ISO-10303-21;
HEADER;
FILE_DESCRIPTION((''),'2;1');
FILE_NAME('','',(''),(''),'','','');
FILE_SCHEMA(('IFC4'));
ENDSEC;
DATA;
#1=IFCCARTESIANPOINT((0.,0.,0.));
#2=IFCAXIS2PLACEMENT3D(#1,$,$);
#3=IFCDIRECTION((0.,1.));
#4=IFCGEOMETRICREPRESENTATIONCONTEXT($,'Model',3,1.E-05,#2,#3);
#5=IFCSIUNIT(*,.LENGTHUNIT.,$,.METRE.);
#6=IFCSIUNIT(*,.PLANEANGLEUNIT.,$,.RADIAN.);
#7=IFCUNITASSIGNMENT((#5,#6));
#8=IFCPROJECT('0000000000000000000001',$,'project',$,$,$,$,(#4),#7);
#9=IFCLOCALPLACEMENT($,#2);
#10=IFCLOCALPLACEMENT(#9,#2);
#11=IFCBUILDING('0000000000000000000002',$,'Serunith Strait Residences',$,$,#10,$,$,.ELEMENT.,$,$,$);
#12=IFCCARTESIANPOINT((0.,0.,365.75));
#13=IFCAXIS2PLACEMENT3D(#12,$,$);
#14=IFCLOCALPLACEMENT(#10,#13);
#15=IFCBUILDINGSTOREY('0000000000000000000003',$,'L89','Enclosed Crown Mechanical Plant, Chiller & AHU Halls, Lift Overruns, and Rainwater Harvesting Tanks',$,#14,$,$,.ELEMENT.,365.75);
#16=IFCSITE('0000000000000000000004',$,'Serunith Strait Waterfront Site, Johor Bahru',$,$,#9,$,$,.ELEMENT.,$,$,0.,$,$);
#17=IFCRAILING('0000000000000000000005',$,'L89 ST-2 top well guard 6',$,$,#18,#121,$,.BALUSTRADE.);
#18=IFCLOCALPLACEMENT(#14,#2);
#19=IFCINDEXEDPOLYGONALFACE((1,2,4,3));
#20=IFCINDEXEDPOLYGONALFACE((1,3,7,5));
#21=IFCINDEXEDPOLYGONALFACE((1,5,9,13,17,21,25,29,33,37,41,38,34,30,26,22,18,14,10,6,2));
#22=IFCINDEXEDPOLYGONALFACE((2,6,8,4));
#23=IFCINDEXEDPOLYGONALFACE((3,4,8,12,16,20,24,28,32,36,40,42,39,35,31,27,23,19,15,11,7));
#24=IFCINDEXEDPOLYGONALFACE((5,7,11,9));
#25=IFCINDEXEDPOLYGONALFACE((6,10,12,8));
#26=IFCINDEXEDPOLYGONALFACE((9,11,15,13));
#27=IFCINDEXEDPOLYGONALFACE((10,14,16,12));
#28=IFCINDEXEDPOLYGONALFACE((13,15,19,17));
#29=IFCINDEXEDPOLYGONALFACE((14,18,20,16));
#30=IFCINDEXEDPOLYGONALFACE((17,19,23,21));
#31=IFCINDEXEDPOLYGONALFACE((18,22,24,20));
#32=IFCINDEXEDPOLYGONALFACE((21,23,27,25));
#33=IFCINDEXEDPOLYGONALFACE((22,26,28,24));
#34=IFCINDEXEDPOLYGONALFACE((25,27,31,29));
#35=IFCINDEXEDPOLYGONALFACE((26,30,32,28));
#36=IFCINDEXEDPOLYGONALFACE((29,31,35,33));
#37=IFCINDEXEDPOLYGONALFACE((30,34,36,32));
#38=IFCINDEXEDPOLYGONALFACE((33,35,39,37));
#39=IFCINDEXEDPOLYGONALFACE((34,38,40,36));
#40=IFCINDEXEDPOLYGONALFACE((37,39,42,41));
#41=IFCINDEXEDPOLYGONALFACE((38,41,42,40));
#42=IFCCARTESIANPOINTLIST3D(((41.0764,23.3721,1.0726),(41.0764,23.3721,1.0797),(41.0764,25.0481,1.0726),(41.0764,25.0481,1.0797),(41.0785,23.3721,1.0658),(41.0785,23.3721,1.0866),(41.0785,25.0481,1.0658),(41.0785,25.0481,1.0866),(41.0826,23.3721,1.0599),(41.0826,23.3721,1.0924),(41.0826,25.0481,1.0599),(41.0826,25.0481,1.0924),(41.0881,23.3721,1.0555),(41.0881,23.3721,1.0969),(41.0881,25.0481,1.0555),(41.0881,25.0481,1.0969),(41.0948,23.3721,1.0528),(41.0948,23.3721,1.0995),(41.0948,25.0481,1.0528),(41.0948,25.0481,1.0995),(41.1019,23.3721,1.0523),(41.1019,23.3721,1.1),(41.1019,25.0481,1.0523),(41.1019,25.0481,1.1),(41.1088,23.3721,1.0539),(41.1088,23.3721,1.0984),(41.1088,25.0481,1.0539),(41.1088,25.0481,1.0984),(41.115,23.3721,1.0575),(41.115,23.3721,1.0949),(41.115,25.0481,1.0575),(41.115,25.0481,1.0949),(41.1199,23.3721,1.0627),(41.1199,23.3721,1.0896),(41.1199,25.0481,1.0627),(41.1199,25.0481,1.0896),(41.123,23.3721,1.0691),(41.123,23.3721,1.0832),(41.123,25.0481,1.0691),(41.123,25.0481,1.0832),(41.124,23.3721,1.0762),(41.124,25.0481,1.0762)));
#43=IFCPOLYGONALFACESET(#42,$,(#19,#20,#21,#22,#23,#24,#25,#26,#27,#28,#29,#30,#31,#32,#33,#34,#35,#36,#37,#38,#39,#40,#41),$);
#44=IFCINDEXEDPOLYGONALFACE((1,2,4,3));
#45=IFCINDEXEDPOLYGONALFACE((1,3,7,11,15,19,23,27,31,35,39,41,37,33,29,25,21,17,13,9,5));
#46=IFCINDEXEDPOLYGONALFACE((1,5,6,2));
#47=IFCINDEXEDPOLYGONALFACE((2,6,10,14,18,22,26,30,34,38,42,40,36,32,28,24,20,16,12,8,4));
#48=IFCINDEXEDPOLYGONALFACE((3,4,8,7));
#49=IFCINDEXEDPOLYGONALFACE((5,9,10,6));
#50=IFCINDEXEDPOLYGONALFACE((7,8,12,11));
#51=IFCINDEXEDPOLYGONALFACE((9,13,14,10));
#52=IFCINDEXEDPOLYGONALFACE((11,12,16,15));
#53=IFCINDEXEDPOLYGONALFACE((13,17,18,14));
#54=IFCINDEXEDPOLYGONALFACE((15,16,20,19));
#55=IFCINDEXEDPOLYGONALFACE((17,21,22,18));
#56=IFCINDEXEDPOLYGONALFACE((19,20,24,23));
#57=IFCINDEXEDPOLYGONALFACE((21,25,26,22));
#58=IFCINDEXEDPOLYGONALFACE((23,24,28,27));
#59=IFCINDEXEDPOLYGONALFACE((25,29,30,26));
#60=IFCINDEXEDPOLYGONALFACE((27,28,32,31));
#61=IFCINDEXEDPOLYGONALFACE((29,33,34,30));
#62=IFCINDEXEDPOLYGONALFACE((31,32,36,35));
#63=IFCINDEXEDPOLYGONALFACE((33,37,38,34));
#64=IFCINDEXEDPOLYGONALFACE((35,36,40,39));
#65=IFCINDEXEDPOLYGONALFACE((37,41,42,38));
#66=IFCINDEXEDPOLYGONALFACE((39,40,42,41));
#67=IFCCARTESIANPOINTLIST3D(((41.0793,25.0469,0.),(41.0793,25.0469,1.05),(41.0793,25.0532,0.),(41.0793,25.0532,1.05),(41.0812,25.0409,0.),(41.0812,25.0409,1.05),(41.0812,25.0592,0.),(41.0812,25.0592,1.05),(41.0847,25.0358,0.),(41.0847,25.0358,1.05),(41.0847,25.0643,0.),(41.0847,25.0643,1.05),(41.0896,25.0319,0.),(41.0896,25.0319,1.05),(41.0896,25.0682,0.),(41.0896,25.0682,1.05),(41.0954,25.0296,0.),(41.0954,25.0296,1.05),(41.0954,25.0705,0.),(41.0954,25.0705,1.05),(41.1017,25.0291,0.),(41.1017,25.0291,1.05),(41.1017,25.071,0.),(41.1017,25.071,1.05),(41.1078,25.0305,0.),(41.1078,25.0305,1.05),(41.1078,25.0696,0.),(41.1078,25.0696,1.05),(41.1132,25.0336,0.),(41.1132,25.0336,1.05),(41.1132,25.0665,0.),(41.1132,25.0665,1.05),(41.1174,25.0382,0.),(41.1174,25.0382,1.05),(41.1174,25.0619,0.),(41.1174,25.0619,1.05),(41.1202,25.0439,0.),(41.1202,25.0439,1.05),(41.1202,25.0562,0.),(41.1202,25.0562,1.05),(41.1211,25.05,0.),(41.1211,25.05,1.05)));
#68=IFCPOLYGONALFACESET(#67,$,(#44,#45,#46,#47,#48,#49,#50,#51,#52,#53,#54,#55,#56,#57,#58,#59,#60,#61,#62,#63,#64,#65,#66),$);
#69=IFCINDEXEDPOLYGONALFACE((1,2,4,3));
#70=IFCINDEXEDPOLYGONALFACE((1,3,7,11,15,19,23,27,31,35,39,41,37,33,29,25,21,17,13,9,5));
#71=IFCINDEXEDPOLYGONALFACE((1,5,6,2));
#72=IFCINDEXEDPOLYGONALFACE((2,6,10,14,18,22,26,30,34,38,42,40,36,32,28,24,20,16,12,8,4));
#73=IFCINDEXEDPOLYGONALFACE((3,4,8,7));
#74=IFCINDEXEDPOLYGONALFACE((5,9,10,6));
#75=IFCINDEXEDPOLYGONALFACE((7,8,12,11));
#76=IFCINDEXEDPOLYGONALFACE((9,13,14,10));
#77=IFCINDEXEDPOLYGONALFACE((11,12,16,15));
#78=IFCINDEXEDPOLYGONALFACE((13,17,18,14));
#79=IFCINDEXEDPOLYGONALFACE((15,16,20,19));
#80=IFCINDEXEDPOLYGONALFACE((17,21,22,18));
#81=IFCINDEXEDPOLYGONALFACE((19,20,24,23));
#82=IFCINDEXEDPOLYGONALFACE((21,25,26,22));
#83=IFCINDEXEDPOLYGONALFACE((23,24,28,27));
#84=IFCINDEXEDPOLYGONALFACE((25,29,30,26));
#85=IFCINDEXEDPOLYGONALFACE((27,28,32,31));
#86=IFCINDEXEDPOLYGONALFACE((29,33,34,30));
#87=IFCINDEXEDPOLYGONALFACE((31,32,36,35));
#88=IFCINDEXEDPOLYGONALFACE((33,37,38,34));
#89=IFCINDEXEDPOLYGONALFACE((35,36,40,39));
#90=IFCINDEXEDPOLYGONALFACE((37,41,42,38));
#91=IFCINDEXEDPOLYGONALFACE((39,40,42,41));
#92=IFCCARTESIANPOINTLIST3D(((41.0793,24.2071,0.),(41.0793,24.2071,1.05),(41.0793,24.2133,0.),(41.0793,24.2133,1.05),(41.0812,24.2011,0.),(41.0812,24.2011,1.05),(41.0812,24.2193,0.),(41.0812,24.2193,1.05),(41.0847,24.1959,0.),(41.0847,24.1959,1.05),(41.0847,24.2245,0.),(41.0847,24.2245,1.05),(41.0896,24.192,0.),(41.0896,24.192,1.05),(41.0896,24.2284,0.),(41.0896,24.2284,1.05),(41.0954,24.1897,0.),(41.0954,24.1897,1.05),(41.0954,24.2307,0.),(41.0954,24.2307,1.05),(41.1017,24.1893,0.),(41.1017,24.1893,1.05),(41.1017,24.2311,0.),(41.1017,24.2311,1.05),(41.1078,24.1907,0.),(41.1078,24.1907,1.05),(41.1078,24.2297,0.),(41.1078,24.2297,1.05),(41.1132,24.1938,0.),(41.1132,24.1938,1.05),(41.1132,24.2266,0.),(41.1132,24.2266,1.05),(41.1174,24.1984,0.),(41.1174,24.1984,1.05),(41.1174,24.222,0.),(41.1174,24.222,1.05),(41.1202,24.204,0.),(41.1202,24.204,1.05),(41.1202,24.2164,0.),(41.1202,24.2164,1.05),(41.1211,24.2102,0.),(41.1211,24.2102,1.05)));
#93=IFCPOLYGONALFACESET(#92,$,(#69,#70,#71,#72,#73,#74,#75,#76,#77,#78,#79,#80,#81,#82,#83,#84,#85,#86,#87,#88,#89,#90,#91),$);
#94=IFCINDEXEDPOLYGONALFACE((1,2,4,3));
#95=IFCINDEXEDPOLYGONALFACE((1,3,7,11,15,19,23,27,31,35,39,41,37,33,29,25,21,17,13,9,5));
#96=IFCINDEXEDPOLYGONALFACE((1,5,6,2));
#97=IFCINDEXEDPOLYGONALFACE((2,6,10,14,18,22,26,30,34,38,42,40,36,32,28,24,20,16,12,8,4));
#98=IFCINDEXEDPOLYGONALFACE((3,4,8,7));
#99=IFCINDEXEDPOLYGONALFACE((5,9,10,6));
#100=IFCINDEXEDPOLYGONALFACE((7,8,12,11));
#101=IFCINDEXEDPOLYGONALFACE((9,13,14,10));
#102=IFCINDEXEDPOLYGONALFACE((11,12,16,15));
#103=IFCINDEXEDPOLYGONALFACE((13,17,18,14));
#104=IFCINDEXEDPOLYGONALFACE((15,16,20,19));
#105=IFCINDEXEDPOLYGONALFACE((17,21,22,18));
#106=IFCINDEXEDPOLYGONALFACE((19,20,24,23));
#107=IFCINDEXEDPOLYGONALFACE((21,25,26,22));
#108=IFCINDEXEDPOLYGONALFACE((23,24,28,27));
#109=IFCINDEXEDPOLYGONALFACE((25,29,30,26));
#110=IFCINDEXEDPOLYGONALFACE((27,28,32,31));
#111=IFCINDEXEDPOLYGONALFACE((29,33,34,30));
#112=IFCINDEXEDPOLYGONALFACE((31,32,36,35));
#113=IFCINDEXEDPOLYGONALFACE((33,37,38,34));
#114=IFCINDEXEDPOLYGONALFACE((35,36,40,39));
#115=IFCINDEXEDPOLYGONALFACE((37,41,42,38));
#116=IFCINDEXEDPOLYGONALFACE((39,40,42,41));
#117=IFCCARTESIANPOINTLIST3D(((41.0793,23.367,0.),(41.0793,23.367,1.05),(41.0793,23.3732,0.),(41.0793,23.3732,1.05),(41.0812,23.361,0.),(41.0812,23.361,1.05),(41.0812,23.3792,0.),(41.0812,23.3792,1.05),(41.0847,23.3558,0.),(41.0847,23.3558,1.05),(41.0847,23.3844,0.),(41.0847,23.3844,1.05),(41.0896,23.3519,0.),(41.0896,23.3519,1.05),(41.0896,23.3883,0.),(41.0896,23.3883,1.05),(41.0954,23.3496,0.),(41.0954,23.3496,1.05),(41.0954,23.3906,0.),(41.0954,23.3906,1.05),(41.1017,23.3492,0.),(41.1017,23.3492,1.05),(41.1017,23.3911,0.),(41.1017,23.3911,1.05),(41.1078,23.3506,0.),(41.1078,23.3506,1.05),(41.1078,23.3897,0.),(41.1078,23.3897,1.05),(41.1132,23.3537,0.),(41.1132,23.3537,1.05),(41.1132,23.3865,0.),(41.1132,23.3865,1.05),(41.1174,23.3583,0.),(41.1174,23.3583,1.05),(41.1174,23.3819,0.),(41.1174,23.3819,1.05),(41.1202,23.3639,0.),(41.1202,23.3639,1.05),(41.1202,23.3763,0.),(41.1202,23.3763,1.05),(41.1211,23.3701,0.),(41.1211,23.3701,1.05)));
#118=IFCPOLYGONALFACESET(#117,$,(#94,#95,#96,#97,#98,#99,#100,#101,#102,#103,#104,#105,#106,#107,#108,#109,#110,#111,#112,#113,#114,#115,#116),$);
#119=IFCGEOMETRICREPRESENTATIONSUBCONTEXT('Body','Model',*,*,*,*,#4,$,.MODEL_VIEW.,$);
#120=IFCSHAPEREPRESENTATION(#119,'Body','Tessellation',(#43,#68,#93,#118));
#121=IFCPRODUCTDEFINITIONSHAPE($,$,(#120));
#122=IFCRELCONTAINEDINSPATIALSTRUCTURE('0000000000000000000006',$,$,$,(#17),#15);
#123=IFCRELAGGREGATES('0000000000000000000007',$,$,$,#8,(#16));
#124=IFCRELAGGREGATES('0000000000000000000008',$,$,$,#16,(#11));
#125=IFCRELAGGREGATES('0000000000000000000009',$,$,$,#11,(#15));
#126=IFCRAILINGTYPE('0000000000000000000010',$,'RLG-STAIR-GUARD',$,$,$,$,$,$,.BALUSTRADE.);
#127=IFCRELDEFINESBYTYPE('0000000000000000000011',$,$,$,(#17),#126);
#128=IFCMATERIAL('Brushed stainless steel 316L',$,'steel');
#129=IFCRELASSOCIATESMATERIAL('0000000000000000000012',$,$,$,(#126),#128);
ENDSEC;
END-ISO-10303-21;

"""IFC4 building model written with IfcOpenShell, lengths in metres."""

from ifc_helpers import new_model, si_unit, direction, frame, origin, origin_2d, place, context, subcontext, project, spatial, circle, extrude, material, type_object, element, save


model = new_model("IFC4")

# Units and contexts
model_context = context("Model", 3, precision=1e-05, world=origin(), true_north=direction((0.0, 1.0)))
body_context = subcontext(model_context, "Body", "Model", "MODEL_VIEW")
ifc_project = project(units=[si_unit("LENGTHUNIT", "METRE"), si_unit("PLANEANGLEUNIT", "RADIAN")], contexts=[model_context])

# Site, building, storey
site_placement = place(None, origin())
site = spatial("IfcSite", under=ifc_project, at=site_placement, Name="Serunith Strait Waterfront Site, Johor Bahru", CompositionType="ELEMENT", RefElevation=0.0)
building_placement = place(site_placement, origin())
building = spatial("IfcBuilding", under=site, at=building_placement, Name="Serunith Strait Residences", CompositionType="ELEMENT")
storey_placement = place(building_placement, frame((0.0, 0.0, 365.75)))
storey = spatial("IfcBuildingStorey", under=building, at=storey_placement, Name="L89", Description="Enclosed Crown Mechanical Plant, Chiller & AHU Halls, Lift Overruns, and Rainwater Harvesting Tanks", CompositionType="ELEMENT", Elevation=365.75)

# Railing
ifc_material_1 = material(Name="Brushed stainless steel 316L", Category="steel")
railing_type = type_object("IfcRailingType", Name="RLG-STAIR-GUARD", PredefinedType="BALUSTRADE", material=ifc_material_1)
for number, where, name in (
    (1, (41.1001, 25.05, 0.0), "L89 ST-2 top well guard 6"),
):
    element("IfcRailing", number, at=place(storey_placement, frame(where)), inside=storey, type_object=railing_type, Name=name, PredefinedType="BALUSTRADE", context=body_context, shape_type="SweptSolid", body=[
        extrude(circle(Radius=0.0239, at=origin_2d()), frame((0.0, -0.002, 1.0762), z_axis=(0.0, -1.0, 0.0), x_axis=(1.0, 0.0, 0.0)), (0.0, 0.0, 1.0), 1.676),
        extrude(circle(Radius=0.021, at=origin_2d()), origin(), (0.0, 0.0, 1.0), 1.05),
        extrude(circle(Radius=0.021, at=origin_2d()), frame((0.0, -0.8398, 0.0)), (0.0, 0.0, 1.0), 1.05),
        extrude(circle(Radius=0.021, at=origin_2d()), frame((0.0, -1.6799, 0.0)), (0.0, 0.0, 1.0), 1.05),
    ])

save(model, "model.ifc")
